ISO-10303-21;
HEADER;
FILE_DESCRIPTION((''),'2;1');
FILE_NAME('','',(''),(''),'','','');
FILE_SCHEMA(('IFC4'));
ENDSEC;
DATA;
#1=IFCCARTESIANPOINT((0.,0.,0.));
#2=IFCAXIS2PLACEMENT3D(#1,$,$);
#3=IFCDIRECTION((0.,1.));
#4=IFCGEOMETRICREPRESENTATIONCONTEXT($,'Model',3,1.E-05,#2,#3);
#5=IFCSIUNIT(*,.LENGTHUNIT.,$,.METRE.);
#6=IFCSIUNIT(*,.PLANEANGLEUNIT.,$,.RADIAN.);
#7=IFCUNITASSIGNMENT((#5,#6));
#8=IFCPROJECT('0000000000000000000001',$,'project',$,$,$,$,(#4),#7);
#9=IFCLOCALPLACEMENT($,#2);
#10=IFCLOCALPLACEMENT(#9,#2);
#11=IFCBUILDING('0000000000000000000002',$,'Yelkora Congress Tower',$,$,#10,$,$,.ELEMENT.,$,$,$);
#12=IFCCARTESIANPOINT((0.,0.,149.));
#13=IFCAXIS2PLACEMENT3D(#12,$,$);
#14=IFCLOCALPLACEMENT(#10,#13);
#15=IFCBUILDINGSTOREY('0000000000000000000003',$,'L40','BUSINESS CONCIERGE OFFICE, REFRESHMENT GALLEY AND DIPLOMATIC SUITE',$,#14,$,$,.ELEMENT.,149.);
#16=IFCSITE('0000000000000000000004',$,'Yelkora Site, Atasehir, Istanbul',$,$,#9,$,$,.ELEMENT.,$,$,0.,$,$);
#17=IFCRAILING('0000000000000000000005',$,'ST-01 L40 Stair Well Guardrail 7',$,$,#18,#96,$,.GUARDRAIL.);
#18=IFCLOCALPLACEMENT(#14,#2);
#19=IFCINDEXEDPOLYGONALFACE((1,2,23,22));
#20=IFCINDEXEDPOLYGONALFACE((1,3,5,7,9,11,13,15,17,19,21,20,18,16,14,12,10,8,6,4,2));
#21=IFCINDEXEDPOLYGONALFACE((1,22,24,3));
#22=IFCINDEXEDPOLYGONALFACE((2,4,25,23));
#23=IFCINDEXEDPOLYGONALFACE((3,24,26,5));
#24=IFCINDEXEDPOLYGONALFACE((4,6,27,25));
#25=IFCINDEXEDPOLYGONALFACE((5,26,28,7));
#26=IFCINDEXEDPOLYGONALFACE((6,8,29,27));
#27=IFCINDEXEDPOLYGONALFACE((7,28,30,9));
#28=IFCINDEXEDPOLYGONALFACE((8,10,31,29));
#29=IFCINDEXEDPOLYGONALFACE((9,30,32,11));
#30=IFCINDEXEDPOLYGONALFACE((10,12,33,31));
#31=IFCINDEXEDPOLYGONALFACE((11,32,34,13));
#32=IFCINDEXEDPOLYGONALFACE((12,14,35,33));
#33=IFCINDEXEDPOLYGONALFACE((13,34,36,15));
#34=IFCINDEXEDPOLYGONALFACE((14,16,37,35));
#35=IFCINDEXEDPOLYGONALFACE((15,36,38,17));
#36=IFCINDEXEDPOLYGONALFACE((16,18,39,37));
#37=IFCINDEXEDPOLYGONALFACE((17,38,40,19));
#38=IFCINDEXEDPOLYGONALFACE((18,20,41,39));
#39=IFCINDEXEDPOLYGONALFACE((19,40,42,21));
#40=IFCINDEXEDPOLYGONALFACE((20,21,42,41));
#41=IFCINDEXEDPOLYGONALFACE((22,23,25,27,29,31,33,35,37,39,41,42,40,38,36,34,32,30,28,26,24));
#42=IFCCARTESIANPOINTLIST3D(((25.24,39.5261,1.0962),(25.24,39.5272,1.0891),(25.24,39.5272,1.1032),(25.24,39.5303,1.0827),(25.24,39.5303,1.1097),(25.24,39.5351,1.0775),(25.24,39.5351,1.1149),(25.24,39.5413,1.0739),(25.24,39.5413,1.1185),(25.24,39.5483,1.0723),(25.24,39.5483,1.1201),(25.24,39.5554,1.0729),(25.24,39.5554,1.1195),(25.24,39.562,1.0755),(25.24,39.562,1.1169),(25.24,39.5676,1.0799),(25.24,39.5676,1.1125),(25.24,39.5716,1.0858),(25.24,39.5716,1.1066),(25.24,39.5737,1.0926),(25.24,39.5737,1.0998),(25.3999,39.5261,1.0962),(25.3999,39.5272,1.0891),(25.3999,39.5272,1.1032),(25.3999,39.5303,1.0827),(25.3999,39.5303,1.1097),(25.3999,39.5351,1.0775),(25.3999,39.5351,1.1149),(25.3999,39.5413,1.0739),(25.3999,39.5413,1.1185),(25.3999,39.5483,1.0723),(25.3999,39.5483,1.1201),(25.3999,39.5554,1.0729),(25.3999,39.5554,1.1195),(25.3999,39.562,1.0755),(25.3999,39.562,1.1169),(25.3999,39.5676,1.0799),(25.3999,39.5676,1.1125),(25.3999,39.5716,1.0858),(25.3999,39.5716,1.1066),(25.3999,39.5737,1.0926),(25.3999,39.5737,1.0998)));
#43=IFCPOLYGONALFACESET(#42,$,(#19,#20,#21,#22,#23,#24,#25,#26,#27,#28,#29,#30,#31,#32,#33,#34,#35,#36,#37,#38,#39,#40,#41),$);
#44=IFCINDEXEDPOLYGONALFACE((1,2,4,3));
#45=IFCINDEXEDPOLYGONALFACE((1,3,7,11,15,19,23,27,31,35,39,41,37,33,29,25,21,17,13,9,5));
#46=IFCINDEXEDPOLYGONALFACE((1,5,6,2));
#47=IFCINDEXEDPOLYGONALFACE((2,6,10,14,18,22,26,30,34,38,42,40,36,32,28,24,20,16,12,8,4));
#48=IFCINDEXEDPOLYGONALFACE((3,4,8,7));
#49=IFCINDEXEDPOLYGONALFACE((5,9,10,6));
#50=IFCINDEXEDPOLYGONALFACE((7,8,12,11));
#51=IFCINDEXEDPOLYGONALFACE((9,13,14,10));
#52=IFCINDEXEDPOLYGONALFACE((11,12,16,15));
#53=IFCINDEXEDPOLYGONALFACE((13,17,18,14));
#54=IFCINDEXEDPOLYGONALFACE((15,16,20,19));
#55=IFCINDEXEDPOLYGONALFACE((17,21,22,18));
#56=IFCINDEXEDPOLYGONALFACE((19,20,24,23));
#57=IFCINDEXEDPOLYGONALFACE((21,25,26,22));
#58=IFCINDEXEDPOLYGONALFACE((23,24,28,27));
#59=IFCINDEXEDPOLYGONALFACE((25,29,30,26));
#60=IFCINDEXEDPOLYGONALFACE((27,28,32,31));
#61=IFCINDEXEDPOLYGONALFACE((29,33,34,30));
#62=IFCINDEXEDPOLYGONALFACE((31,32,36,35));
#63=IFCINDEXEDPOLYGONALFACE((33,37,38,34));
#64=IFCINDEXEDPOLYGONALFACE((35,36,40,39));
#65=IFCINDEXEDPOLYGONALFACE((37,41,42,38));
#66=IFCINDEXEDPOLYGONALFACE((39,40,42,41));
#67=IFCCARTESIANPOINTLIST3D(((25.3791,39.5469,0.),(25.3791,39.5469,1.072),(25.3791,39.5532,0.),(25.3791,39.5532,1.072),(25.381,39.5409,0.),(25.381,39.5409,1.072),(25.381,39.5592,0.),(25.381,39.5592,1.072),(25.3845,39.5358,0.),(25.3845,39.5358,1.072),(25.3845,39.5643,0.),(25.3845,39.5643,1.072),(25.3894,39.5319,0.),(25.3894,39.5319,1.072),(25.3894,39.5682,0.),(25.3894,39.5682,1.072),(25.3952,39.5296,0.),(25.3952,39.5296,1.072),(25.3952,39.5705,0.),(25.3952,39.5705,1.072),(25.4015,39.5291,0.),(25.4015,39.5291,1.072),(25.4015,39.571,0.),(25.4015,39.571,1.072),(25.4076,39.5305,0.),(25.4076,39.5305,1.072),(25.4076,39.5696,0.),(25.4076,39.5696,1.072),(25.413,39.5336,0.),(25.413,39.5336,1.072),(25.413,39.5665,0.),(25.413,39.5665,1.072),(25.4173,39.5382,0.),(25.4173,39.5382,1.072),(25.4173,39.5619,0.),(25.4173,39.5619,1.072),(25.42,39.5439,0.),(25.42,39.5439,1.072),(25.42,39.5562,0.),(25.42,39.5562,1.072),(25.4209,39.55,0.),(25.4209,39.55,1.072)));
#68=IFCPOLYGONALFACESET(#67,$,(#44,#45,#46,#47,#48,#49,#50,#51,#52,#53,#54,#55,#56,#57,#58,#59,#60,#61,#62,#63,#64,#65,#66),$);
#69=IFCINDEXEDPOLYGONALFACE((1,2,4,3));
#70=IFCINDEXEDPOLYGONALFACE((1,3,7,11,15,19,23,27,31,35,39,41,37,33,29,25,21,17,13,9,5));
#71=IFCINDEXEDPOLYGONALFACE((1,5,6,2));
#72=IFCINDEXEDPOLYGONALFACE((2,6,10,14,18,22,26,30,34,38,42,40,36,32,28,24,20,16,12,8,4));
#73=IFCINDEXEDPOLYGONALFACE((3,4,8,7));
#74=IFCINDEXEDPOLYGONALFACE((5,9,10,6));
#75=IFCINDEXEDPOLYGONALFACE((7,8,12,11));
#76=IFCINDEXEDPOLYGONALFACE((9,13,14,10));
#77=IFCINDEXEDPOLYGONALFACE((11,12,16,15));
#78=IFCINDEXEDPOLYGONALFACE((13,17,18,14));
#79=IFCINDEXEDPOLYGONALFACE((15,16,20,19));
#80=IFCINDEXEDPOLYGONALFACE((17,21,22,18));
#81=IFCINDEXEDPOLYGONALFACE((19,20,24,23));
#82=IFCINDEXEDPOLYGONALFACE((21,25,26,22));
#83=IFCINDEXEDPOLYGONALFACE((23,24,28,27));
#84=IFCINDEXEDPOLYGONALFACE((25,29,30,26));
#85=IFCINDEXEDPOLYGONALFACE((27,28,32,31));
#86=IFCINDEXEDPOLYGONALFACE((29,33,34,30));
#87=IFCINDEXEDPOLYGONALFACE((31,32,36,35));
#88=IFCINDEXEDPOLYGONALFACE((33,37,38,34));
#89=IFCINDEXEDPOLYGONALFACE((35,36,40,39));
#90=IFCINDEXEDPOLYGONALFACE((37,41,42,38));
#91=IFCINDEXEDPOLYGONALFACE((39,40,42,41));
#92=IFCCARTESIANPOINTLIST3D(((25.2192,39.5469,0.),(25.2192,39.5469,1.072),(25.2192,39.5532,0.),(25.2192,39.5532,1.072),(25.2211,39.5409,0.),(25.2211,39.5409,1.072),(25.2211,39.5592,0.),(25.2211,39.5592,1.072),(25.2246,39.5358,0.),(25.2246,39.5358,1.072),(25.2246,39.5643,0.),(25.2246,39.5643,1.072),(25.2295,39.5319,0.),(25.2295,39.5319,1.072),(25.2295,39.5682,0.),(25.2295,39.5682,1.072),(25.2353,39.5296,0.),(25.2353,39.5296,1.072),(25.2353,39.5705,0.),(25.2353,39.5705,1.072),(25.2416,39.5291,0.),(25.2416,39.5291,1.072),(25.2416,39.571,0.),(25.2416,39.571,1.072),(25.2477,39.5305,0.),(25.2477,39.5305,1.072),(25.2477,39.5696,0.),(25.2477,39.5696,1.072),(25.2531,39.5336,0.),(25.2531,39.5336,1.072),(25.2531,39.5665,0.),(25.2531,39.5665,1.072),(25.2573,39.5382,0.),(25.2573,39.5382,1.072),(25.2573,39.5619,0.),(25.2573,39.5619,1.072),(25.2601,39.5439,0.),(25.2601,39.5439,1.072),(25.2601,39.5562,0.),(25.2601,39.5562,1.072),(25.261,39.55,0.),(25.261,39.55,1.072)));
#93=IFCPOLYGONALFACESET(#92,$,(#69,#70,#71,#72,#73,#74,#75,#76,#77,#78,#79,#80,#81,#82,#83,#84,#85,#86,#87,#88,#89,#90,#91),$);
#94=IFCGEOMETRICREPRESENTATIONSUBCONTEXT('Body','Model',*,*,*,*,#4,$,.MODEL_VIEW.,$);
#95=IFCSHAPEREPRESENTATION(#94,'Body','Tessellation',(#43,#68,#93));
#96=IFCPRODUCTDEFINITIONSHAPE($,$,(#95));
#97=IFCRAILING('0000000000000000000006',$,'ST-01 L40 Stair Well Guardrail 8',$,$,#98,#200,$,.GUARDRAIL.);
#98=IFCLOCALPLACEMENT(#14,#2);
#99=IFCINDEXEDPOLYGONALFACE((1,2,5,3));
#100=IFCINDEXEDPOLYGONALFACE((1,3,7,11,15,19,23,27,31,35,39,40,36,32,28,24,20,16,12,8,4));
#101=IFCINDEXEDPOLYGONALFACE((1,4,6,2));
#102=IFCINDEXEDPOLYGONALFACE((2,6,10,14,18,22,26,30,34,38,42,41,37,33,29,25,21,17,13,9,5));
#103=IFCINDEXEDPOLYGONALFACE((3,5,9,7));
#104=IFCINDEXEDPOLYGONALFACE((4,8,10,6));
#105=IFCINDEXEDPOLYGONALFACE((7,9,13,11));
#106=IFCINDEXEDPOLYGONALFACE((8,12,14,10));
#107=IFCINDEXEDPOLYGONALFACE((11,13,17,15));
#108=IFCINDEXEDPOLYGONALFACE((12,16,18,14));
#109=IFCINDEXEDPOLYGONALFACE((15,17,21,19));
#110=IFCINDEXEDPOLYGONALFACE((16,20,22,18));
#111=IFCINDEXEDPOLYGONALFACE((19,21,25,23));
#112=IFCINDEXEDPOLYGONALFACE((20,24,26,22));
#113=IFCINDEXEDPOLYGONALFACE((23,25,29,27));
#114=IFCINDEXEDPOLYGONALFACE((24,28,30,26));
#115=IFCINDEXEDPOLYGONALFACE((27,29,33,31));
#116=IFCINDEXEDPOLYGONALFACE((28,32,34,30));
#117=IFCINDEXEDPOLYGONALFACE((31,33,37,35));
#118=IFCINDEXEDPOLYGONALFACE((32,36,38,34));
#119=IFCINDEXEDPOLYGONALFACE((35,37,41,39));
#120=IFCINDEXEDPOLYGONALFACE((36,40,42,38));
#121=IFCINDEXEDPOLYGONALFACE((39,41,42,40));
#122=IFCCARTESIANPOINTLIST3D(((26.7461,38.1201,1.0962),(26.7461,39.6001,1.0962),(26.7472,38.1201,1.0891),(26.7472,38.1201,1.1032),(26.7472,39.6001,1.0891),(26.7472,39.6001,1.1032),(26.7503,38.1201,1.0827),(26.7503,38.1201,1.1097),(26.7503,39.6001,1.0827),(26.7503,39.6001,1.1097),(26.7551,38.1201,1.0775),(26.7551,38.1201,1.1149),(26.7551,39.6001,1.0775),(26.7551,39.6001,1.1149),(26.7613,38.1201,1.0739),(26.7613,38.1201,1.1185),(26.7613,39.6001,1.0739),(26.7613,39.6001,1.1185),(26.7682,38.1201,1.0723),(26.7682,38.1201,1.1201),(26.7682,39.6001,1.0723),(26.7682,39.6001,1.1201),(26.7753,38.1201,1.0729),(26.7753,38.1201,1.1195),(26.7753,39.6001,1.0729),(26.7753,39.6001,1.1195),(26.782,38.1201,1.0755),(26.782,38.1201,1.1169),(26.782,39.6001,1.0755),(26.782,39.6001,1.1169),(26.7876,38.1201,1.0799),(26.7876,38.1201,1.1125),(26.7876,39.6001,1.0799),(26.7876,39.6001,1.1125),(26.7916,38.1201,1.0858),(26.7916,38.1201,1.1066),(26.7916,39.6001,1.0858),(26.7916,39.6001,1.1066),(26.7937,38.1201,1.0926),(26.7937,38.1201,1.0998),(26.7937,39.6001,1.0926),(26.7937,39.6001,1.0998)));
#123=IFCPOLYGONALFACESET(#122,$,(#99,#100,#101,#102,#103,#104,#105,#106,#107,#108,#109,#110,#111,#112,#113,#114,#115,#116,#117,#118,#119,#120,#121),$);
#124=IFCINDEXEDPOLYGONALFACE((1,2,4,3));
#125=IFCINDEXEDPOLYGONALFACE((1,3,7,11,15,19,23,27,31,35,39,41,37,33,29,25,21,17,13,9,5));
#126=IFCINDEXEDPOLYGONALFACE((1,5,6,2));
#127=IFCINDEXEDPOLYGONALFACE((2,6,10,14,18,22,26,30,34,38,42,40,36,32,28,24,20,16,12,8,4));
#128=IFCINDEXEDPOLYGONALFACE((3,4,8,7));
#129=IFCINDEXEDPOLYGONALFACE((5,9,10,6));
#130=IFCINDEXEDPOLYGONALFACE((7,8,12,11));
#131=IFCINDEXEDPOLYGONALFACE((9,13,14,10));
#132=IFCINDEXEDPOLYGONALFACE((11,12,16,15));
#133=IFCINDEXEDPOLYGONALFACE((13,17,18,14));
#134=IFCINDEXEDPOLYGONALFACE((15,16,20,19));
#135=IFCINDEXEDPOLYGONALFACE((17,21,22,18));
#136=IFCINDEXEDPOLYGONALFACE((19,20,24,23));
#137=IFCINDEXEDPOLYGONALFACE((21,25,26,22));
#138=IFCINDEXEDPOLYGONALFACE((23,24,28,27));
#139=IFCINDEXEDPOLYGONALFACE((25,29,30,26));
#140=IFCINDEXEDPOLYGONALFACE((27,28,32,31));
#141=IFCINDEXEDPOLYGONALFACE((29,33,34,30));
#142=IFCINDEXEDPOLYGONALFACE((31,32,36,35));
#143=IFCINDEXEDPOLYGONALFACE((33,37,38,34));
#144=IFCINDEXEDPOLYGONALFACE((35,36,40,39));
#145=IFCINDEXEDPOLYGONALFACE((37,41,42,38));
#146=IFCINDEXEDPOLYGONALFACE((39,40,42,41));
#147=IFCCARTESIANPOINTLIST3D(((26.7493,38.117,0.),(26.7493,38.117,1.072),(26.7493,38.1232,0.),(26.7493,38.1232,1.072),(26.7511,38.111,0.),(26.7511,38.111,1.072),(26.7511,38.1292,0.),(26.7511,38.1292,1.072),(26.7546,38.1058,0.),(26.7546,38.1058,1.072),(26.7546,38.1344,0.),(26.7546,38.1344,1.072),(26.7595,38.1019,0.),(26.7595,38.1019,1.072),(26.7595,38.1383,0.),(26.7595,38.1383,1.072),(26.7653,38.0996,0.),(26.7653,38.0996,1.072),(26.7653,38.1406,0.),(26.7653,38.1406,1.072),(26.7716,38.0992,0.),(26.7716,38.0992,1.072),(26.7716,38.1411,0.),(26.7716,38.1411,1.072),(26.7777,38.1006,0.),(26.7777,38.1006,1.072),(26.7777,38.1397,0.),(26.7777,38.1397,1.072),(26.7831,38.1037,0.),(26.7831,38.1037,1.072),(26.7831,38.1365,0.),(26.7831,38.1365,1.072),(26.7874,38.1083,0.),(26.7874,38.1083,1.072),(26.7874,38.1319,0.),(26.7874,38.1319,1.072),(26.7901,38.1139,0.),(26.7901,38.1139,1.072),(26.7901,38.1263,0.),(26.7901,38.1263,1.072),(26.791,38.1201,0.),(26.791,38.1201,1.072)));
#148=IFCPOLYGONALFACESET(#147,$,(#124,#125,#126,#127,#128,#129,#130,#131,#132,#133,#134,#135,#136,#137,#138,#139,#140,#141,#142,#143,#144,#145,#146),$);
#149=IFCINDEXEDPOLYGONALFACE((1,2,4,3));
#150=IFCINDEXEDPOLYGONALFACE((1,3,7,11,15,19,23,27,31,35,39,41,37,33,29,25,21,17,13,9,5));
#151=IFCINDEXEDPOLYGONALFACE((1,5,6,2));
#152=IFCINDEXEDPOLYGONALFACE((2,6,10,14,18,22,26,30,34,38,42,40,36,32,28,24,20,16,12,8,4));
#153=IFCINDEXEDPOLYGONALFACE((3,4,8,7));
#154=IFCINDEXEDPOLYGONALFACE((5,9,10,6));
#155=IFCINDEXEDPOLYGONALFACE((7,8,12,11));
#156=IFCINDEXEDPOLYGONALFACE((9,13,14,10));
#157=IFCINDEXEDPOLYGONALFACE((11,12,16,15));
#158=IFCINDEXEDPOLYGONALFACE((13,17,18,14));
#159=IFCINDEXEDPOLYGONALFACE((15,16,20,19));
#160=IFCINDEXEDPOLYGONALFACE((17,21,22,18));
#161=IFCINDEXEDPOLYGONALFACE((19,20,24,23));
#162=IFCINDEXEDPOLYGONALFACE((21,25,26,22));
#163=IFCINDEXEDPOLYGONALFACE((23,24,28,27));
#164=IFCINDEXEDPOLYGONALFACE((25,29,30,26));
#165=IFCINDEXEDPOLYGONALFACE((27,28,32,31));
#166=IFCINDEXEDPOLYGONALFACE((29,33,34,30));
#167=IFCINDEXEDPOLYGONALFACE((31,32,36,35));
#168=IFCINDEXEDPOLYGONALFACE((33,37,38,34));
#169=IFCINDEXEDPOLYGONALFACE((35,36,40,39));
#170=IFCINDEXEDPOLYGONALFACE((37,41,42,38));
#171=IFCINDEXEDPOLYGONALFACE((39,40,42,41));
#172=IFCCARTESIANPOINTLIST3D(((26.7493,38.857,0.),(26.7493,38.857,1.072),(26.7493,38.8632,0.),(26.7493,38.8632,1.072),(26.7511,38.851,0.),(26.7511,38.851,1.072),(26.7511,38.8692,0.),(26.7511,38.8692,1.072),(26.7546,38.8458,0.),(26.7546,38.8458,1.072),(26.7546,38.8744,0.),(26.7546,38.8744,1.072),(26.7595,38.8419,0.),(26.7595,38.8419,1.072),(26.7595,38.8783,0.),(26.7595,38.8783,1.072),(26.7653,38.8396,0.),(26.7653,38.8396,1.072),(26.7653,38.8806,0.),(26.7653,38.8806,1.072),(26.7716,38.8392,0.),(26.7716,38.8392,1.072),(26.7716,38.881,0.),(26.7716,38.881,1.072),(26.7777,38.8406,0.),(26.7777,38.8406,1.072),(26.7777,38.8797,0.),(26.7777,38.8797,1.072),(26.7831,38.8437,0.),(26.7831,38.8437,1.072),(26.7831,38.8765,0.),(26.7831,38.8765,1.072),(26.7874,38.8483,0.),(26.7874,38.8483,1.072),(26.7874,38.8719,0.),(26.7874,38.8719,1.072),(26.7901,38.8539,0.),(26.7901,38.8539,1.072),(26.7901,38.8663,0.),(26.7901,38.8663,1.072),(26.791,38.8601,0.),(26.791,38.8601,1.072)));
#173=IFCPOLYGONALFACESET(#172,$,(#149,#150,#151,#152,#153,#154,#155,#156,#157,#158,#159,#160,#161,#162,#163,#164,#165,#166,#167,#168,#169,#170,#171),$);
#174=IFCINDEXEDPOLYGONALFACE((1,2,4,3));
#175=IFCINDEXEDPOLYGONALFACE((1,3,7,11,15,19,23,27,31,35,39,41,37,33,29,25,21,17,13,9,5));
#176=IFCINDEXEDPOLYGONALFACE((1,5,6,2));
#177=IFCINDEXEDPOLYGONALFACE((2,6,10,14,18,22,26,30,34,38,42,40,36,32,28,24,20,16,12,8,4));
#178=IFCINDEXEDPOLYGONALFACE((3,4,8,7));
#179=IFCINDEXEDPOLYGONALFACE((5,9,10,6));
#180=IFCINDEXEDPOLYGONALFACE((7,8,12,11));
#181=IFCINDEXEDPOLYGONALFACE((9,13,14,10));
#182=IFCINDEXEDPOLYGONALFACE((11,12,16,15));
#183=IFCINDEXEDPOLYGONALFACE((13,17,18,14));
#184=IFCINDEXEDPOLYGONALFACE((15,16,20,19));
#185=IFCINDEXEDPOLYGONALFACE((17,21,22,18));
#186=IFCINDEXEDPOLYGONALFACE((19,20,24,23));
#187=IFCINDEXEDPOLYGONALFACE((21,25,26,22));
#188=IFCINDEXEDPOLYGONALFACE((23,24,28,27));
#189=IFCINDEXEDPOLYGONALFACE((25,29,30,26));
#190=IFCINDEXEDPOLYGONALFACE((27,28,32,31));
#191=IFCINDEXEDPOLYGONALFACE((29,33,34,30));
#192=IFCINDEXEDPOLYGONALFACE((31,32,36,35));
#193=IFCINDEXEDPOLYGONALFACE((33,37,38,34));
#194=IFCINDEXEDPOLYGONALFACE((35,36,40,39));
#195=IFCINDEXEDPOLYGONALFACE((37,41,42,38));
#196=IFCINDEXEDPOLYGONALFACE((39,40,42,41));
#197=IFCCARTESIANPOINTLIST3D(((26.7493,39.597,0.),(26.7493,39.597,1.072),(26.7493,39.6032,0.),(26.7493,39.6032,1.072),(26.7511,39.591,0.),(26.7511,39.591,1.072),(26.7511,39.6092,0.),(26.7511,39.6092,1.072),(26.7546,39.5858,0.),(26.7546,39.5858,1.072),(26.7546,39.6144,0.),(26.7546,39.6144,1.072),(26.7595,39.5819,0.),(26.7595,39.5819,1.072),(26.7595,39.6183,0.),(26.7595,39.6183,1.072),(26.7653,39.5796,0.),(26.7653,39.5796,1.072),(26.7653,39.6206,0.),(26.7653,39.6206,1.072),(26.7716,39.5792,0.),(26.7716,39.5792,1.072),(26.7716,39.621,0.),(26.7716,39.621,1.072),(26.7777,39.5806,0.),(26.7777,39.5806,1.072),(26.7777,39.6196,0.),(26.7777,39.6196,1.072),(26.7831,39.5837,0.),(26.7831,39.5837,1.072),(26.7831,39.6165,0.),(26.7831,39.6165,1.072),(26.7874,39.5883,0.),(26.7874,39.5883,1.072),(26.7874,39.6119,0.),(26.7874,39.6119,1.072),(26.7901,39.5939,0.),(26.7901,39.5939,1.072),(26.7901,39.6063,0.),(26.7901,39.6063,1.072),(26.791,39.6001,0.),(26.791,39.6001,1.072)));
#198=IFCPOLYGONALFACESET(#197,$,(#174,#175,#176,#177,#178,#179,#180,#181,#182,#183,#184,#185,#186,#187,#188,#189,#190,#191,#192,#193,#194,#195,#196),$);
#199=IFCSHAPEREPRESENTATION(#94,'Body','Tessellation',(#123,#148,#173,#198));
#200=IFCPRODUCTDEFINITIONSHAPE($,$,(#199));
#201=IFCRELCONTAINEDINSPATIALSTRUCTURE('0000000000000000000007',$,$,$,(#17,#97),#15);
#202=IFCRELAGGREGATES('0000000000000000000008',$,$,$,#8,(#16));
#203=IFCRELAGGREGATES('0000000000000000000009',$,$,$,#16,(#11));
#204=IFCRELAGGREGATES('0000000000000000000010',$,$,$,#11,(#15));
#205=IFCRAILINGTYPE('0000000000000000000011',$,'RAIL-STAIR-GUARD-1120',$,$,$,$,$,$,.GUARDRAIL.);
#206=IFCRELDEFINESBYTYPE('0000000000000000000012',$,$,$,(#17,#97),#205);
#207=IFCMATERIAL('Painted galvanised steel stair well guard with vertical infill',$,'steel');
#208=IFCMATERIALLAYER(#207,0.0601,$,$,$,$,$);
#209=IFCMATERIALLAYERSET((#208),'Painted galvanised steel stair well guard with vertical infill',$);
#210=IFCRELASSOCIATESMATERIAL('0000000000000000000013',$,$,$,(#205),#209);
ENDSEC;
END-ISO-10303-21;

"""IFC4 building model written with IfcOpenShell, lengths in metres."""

from ifc_helpers import new_model, si_unit, direction, frame, origin, origin_2d, place, context, subcontext, project, spatial, circle, extrude, material, layer, layer_set, type_object, element, save


model = new_model("IFC4")

# Units and contexts
model_context = context("Model", 3, precision=1e-05, world=origin(), true_north=direction((0.0, 1.0)))
body_context = subcontext(model_context, "Body", "Model", "MODEL_VIEW")
ifc_project = project(units=[si_unit("LENGTHUNIT", "METRE"), si_unit("PLANEANGLEUNIT", "RADIAN")], contexts=[model_context])

# Site, building, storey
site_placement = place(None, origin())
site = spatial("IfcSite", under=ifc_project, at=site_placement, Name="Yelkora Site, Atasehir, Istanbul", CompositionType="ELEMENT", RefElevation=0.0)
building_placement = place(site_placement, origin())
building = spatial("IfcBuilding", under=site, at=building_placement, Name="Yelkora Congress Tower", CompositionType="ELEMENT")
storey_placement = place(building_placement, frame((0.0, 0.0, 149.0)))
storey = spatial("IfcBuildingStorey", under=building, at=storey_placement, Name="L40", Description="BUSINESS CONCIERGE OFFICE, REFRESHMENT GALLEY AND DIPLOMATIC SUITE", CompositionType="ELEMENT", Elevation=149.0)

# Railings
ifc_material_1 = material(Name="Painted galvanised steel stair well guard with vertical infill", Category="steel")
ifc_layer_1 = layer(ifc_material_1, 0.0601)
ifc_layer_set_1 = layer_set([ifc_layer_1], Name="Painted galvanised steel stair well guard with vertical infill")
railing_type_1 = type_object("IfcRailingType", Name="RAIL-STAIR-GUARD-1120", PredefinedType="GUARDRAIL", material=ifc_layer_set_1)
railing_1_placement = place(storey_placement, frame((25.3999, 39.55, 0.0)))
element("IfcRailing", 1, at=railing_1_placement, inside=storey, type_object=railing_type_1, Name="ST-01 L40 Stair Well Guardrail 7", PredefinedType="GUARDRAIL", context=body_context, shape_type="SweptSolid", body=[
    extrude(circle(Radius=0.0239, at=origin_2d()), frame((0.0, 0.0, 1.0962), z_axis=(-1.0, 0.0, 0.0), x_axis=(0.0, -1.0, 0.0)), (0.0, 0.0, 1.0), 0.1599),
    extrude(circle(Radius=0.021, at=origin_2d()), origin(), (0.0, 0.0, 1.0), 1.072),
    extrude(circle(Radius=0.021, at=origin_2d()), frame((-0.1599, 0.0, 0.0)), (0.0, 0.0, 1.0), 1.072),
])
for number, where, name in (
    (2, (26.77, 38.1201, 0.0), "ST-01 L40 Stair Well Guardrail 8"),
):
    element("IfcRailing", number, at=place(storey_placement, frame(where)), inside=storey, type_object=railing_type_1, Name=name, PredefinedType="GUARDRAIL", context=body_context, shape_type="SweptSolid", body=[
        extrude(circle(Radius=0.0239, at=origin_2d()), frame((0.0, 0.0, 1.0962), z_axis=(0.0, 1.0, 0.0), x_axis=(-1.0, 0.0, 0.0)), (0.0, 0.0, 1.0), 1.48),
        extrude(circle(Radius=0.021, at=origin_2d()), origin(), (0.0, 0.0, 1.0), 1.072),
        extrude(circle(Radius=0.021, at=origin_2d()), frame((0.0, 0.74, 0.0)), (0.0, 0.0, 1.0), 1.072),
        extrude(circle(Radius=0.021, at=origin_2d()), frame((0.0, 1.48, 0.0)), (0.0, 0.0, 1.0), 1.072),
    ])

save(model, "model.ifc")
